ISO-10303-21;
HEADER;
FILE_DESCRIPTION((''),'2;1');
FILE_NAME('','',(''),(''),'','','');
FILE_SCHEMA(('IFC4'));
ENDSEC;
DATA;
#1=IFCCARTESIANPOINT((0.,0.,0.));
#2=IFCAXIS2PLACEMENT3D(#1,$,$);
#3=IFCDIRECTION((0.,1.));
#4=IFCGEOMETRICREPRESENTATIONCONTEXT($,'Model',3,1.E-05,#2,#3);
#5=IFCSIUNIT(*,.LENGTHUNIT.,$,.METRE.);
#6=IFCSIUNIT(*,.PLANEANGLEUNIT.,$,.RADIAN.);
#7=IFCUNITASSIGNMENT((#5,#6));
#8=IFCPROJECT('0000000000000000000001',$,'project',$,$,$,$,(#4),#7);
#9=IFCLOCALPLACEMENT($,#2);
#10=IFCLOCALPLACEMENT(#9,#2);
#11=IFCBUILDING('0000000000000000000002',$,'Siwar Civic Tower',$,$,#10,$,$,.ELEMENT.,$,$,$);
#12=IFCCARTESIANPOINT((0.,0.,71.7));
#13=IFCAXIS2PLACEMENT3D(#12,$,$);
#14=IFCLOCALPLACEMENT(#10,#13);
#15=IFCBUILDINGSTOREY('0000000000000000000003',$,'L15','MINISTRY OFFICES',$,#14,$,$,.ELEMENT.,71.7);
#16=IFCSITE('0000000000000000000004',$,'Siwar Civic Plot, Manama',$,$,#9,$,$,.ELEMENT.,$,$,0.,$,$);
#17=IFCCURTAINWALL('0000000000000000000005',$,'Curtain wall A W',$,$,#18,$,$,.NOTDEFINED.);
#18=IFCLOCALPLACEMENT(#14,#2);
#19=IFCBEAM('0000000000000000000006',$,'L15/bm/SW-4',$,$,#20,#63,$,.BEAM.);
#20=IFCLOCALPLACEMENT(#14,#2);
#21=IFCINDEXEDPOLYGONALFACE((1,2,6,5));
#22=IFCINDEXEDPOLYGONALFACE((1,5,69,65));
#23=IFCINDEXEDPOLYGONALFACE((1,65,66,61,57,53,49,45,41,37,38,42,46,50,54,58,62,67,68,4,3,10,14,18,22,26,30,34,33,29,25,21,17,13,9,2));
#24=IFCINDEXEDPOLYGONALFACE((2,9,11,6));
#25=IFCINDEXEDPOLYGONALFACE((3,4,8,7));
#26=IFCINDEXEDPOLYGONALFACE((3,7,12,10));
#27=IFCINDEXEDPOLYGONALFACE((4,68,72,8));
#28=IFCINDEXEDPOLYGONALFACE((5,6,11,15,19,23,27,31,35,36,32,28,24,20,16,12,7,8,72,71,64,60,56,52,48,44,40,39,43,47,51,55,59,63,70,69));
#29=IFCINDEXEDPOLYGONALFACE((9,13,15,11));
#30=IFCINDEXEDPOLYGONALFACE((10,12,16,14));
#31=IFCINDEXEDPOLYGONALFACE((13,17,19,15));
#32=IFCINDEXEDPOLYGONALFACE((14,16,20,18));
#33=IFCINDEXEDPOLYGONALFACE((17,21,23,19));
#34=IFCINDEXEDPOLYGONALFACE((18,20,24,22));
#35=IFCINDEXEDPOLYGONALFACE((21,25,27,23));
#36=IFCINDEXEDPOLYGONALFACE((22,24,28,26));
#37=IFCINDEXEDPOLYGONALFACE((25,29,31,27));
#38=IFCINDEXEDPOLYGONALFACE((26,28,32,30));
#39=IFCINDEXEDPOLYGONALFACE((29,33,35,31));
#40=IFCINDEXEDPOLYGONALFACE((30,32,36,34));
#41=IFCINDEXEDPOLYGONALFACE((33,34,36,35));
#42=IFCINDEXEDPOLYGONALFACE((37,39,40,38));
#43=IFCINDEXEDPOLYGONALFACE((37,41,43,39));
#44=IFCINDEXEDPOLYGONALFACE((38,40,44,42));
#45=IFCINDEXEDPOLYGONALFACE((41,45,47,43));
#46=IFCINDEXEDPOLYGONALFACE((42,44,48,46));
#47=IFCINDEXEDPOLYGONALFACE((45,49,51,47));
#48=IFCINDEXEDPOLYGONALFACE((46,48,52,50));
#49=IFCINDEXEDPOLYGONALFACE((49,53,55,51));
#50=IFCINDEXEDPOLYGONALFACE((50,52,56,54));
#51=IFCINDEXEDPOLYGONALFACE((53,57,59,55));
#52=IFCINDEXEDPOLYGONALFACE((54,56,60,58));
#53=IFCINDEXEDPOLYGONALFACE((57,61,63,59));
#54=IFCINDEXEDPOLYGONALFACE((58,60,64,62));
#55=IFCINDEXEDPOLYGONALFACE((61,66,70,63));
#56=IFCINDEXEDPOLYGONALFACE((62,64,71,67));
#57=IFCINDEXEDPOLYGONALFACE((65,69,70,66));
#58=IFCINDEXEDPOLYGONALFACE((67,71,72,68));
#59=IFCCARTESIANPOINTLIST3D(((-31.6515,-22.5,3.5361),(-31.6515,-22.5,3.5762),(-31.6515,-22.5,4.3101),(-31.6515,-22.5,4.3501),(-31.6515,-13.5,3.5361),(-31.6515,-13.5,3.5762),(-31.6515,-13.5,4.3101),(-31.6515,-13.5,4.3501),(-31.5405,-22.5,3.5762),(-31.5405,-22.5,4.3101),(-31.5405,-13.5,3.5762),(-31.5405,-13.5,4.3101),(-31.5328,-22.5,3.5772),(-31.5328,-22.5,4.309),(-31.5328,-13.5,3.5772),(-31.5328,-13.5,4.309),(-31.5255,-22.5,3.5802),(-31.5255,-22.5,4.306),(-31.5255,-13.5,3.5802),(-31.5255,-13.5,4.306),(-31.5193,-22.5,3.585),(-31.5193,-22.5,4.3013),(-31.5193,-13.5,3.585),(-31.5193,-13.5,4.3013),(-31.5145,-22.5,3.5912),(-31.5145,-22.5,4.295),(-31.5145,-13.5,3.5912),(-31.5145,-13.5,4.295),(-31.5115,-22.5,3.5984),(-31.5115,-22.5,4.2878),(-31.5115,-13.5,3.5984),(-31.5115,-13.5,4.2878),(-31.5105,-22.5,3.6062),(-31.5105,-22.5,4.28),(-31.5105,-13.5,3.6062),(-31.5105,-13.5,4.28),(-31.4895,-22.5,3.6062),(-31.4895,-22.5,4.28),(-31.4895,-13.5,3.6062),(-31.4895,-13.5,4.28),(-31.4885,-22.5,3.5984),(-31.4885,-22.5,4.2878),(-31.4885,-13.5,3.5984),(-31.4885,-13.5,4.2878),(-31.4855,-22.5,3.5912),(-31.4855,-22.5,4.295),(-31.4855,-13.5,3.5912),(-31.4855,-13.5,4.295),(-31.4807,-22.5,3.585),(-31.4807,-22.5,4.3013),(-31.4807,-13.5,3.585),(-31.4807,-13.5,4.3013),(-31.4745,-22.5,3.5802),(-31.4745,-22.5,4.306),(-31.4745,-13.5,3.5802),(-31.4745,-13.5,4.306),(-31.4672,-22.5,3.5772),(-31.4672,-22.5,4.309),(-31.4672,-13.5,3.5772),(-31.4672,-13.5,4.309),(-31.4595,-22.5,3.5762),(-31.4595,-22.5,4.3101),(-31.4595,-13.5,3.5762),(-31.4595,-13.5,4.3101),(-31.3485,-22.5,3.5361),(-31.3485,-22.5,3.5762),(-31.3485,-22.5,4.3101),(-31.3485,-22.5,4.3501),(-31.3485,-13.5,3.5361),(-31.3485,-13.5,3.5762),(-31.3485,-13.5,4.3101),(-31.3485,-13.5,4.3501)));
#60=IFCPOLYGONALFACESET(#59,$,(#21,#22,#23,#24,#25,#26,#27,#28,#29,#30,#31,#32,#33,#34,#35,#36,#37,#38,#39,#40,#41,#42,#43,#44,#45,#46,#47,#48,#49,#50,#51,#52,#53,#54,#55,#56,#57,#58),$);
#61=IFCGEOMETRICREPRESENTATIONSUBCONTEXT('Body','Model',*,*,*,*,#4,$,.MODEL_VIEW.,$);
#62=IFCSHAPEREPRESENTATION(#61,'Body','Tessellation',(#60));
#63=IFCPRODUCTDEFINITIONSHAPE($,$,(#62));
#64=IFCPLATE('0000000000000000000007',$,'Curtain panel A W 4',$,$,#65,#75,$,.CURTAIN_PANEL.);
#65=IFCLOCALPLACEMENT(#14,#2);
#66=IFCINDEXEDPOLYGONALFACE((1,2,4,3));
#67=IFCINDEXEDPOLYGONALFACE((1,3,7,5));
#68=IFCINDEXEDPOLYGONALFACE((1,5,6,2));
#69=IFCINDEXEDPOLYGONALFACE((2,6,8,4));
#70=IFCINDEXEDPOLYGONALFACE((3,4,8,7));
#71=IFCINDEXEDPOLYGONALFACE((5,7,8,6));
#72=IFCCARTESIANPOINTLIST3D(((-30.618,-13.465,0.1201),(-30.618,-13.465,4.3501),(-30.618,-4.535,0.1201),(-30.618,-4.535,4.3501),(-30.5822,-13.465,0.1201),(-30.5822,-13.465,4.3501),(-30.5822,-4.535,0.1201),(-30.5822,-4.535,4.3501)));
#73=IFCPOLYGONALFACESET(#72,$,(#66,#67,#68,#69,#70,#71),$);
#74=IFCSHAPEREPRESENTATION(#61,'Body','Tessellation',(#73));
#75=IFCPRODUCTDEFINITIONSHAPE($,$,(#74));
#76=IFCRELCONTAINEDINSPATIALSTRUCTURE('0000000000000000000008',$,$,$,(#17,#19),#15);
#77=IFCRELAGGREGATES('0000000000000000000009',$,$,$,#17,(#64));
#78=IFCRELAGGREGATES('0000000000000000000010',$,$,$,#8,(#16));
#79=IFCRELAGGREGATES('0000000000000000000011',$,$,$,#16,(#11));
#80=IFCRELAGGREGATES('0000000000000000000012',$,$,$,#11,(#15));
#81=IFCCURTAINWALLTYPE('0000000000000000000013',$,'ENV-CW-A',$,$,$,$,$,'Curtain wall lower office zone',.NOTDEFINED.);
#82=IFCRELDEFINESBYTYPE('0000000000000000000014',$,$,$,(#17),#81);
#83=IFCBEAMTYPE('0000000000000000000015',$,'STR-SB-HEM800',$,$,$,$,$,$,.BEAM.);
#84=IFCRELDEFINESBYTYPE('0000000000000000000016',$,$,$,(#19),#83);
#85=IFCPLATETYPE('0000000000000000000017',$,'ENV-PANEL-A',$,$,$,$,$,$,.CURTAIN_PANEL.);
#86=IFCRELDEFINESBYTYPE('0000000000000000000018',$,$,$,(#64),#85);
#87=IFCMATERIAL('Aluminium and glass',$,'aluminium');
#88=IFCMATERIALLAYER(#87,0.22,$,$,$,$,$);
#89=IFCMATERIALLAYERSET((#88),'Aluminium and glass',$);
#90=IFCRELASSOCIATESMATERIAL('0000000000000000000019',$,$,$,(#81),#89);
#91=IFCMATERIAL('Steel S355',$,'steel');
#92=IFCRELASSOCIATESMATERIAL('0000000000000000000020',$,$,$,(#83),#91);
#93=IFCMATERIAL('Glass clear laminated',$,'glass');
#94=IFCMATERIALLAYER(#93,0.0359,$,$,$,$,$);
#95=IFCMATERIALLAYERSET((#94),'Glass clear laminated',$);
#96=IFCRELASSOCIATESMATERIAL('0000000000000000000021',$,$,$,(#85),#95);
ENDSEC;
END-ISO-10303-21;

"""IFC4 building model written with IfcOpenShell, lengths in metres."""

from ifc_helpers import new_model, si_unit, direction, frame, origin, origin_2d, place, context, subcontext, project, spatial, rectangle, i_section, extrude, material, layer, layer_set, material_profile, profile_set, type_object, element, aggregate, save


model = new_model("IFC4")

# Units and contexts
model_context = context("Model", 3, precision=1e-05, world=origin(), true_north=direction((0.0, 1.0)))
body_context = subcontext(model_context, "Body", "Model", "MODEL_VIEW")
ifc_project = project(units=[si_unit("LENGTHUNIT", "METRE"), si_unit("PLANEANGLEUNIT", "RADIAN")], contexts=[model_context])

# Site, building, storey
site_placement = place(None, origin())
site = spatial("IfcSite", under=ifc_project, at=site_placement, Name="Siwar Civic Plot, Manama", CompositionType="ELEMENT", RefElevation=0.0)
building_placement = place(site_placement, origin())
building = spatial("IfcBuilding", under=site, at=building_placement, Name="Siwar Civic Tower", CompositionType="ELEMENT")
storey_placement = place(building_placement, frame((0.0, 0.0, 71.7)))
storey = spatial("IfcBuildingStorey", under=building, at=storey_placement, Name="L15", Description="MINISTRY OFFICES", CompositionType="ELEMENT", Elevation=71.7)

# Curtain wall
ifc_material_1 = material(Name="Aluminium and glass", Category="aluminium")
ifc_layer_1 = layer(ifc_material_1, 0.22)
ifc_layer_set_1 = layer_set([ifc_layer_1], Name="Aluminium and glass")
curtain_wall_type = type_object("IfcCurtainWallType", Name="ENV-CW-A", ElementType="Curtain wall lower office zone", PredefinedType="NOTDEFINED", material=ifc_layer_set_1)
curtain_wall_placement = place(storey_placement, origin())
curtain_wall = element("IfcCurtainWall", 1, at=curtain_wall_placement, inside=storey, type_object=curtain_wall_type, Name="Curtain wall A W", PredefinedType="NOTDEFINED")

# Beam
ifc_material_2 = material(Name="Steel S355", Category="steel")
ifc_material_profile_1 = material_profile(ifc_material_2, i_section(OverallWidth=0.303, OverallDepth=0.814, WebThickness=0.021, FlangeThickness=0.04, FilletRadius=0.03, at=origin_2d()), Name="HEM800")
ifc_profile_set_1 = profile_set([ifc_material_profile_1], Name="Steel S355")
beam_type_1 = type_object("IfcBeamType", Name="STR-SB-HEM800", PredefinedType="BEAM", material=ifc_profile_set_1)
beam_1_placement = place(storey_placement, frame((-31.5, -13.5, 3.9431), z_axis=(0.0, -1.0, 0.0), x_axis=(1.0, 0.0, 0.0)))
element("IfcBeam", 2, at=beam_1_placement, inside=storey, type_object=beam_type_1, Name="L15/bm/SW-4", PredefinedType="BEAM", context=body_context, shape_type="SweptSolid", body=[
    extrude(i_section(OverallWidth=0.303, OverallDepth=0.814, WebThickness=0.021, FlangeThickness=0.04, FilletRadius=0.03, at=origin_2d()), origin(), (0.0, 0.0, 1.0), 9.0),
])

# Plate
ifc_material_3 = material(Name="Glass clear laminated", Category="glass")
ifc_layer_2 = layer(ifc_material_3, 0.0359)
ifc_layer_set_2 = layer_set([ifc_layer_2], Name="Glass clear laminated")
plate_type = type_object("IfcPlateType", Name="ENV-PANEL-A", PredefinedType="CURTAIN_PANEL", material=ifc_layer_set_2)
plate_placement = place(storey_placement, frame((-30.6001, -9.0, 0.1201), z_axis=(0.0, 0.0, 1.0), x_axis=(0.0, -1.0, 0.0)))
plate = element("IfcPlate", 3, at=plate_placement, type_object=plate_type, Name="Curtain panel A W 4", PredefinedType="CURTAIN_PANEL", context=body_context, shape_type="SweptSolid", body=[
    extrude(rectangle(XDim=8.9299, YDim=0.0359, at=origin_2d()), origin(), (0.0, 0.0, 1.0), 4.23),
])
aggregate(curtain_wall, [plate])

save(model, "model.ifc")
